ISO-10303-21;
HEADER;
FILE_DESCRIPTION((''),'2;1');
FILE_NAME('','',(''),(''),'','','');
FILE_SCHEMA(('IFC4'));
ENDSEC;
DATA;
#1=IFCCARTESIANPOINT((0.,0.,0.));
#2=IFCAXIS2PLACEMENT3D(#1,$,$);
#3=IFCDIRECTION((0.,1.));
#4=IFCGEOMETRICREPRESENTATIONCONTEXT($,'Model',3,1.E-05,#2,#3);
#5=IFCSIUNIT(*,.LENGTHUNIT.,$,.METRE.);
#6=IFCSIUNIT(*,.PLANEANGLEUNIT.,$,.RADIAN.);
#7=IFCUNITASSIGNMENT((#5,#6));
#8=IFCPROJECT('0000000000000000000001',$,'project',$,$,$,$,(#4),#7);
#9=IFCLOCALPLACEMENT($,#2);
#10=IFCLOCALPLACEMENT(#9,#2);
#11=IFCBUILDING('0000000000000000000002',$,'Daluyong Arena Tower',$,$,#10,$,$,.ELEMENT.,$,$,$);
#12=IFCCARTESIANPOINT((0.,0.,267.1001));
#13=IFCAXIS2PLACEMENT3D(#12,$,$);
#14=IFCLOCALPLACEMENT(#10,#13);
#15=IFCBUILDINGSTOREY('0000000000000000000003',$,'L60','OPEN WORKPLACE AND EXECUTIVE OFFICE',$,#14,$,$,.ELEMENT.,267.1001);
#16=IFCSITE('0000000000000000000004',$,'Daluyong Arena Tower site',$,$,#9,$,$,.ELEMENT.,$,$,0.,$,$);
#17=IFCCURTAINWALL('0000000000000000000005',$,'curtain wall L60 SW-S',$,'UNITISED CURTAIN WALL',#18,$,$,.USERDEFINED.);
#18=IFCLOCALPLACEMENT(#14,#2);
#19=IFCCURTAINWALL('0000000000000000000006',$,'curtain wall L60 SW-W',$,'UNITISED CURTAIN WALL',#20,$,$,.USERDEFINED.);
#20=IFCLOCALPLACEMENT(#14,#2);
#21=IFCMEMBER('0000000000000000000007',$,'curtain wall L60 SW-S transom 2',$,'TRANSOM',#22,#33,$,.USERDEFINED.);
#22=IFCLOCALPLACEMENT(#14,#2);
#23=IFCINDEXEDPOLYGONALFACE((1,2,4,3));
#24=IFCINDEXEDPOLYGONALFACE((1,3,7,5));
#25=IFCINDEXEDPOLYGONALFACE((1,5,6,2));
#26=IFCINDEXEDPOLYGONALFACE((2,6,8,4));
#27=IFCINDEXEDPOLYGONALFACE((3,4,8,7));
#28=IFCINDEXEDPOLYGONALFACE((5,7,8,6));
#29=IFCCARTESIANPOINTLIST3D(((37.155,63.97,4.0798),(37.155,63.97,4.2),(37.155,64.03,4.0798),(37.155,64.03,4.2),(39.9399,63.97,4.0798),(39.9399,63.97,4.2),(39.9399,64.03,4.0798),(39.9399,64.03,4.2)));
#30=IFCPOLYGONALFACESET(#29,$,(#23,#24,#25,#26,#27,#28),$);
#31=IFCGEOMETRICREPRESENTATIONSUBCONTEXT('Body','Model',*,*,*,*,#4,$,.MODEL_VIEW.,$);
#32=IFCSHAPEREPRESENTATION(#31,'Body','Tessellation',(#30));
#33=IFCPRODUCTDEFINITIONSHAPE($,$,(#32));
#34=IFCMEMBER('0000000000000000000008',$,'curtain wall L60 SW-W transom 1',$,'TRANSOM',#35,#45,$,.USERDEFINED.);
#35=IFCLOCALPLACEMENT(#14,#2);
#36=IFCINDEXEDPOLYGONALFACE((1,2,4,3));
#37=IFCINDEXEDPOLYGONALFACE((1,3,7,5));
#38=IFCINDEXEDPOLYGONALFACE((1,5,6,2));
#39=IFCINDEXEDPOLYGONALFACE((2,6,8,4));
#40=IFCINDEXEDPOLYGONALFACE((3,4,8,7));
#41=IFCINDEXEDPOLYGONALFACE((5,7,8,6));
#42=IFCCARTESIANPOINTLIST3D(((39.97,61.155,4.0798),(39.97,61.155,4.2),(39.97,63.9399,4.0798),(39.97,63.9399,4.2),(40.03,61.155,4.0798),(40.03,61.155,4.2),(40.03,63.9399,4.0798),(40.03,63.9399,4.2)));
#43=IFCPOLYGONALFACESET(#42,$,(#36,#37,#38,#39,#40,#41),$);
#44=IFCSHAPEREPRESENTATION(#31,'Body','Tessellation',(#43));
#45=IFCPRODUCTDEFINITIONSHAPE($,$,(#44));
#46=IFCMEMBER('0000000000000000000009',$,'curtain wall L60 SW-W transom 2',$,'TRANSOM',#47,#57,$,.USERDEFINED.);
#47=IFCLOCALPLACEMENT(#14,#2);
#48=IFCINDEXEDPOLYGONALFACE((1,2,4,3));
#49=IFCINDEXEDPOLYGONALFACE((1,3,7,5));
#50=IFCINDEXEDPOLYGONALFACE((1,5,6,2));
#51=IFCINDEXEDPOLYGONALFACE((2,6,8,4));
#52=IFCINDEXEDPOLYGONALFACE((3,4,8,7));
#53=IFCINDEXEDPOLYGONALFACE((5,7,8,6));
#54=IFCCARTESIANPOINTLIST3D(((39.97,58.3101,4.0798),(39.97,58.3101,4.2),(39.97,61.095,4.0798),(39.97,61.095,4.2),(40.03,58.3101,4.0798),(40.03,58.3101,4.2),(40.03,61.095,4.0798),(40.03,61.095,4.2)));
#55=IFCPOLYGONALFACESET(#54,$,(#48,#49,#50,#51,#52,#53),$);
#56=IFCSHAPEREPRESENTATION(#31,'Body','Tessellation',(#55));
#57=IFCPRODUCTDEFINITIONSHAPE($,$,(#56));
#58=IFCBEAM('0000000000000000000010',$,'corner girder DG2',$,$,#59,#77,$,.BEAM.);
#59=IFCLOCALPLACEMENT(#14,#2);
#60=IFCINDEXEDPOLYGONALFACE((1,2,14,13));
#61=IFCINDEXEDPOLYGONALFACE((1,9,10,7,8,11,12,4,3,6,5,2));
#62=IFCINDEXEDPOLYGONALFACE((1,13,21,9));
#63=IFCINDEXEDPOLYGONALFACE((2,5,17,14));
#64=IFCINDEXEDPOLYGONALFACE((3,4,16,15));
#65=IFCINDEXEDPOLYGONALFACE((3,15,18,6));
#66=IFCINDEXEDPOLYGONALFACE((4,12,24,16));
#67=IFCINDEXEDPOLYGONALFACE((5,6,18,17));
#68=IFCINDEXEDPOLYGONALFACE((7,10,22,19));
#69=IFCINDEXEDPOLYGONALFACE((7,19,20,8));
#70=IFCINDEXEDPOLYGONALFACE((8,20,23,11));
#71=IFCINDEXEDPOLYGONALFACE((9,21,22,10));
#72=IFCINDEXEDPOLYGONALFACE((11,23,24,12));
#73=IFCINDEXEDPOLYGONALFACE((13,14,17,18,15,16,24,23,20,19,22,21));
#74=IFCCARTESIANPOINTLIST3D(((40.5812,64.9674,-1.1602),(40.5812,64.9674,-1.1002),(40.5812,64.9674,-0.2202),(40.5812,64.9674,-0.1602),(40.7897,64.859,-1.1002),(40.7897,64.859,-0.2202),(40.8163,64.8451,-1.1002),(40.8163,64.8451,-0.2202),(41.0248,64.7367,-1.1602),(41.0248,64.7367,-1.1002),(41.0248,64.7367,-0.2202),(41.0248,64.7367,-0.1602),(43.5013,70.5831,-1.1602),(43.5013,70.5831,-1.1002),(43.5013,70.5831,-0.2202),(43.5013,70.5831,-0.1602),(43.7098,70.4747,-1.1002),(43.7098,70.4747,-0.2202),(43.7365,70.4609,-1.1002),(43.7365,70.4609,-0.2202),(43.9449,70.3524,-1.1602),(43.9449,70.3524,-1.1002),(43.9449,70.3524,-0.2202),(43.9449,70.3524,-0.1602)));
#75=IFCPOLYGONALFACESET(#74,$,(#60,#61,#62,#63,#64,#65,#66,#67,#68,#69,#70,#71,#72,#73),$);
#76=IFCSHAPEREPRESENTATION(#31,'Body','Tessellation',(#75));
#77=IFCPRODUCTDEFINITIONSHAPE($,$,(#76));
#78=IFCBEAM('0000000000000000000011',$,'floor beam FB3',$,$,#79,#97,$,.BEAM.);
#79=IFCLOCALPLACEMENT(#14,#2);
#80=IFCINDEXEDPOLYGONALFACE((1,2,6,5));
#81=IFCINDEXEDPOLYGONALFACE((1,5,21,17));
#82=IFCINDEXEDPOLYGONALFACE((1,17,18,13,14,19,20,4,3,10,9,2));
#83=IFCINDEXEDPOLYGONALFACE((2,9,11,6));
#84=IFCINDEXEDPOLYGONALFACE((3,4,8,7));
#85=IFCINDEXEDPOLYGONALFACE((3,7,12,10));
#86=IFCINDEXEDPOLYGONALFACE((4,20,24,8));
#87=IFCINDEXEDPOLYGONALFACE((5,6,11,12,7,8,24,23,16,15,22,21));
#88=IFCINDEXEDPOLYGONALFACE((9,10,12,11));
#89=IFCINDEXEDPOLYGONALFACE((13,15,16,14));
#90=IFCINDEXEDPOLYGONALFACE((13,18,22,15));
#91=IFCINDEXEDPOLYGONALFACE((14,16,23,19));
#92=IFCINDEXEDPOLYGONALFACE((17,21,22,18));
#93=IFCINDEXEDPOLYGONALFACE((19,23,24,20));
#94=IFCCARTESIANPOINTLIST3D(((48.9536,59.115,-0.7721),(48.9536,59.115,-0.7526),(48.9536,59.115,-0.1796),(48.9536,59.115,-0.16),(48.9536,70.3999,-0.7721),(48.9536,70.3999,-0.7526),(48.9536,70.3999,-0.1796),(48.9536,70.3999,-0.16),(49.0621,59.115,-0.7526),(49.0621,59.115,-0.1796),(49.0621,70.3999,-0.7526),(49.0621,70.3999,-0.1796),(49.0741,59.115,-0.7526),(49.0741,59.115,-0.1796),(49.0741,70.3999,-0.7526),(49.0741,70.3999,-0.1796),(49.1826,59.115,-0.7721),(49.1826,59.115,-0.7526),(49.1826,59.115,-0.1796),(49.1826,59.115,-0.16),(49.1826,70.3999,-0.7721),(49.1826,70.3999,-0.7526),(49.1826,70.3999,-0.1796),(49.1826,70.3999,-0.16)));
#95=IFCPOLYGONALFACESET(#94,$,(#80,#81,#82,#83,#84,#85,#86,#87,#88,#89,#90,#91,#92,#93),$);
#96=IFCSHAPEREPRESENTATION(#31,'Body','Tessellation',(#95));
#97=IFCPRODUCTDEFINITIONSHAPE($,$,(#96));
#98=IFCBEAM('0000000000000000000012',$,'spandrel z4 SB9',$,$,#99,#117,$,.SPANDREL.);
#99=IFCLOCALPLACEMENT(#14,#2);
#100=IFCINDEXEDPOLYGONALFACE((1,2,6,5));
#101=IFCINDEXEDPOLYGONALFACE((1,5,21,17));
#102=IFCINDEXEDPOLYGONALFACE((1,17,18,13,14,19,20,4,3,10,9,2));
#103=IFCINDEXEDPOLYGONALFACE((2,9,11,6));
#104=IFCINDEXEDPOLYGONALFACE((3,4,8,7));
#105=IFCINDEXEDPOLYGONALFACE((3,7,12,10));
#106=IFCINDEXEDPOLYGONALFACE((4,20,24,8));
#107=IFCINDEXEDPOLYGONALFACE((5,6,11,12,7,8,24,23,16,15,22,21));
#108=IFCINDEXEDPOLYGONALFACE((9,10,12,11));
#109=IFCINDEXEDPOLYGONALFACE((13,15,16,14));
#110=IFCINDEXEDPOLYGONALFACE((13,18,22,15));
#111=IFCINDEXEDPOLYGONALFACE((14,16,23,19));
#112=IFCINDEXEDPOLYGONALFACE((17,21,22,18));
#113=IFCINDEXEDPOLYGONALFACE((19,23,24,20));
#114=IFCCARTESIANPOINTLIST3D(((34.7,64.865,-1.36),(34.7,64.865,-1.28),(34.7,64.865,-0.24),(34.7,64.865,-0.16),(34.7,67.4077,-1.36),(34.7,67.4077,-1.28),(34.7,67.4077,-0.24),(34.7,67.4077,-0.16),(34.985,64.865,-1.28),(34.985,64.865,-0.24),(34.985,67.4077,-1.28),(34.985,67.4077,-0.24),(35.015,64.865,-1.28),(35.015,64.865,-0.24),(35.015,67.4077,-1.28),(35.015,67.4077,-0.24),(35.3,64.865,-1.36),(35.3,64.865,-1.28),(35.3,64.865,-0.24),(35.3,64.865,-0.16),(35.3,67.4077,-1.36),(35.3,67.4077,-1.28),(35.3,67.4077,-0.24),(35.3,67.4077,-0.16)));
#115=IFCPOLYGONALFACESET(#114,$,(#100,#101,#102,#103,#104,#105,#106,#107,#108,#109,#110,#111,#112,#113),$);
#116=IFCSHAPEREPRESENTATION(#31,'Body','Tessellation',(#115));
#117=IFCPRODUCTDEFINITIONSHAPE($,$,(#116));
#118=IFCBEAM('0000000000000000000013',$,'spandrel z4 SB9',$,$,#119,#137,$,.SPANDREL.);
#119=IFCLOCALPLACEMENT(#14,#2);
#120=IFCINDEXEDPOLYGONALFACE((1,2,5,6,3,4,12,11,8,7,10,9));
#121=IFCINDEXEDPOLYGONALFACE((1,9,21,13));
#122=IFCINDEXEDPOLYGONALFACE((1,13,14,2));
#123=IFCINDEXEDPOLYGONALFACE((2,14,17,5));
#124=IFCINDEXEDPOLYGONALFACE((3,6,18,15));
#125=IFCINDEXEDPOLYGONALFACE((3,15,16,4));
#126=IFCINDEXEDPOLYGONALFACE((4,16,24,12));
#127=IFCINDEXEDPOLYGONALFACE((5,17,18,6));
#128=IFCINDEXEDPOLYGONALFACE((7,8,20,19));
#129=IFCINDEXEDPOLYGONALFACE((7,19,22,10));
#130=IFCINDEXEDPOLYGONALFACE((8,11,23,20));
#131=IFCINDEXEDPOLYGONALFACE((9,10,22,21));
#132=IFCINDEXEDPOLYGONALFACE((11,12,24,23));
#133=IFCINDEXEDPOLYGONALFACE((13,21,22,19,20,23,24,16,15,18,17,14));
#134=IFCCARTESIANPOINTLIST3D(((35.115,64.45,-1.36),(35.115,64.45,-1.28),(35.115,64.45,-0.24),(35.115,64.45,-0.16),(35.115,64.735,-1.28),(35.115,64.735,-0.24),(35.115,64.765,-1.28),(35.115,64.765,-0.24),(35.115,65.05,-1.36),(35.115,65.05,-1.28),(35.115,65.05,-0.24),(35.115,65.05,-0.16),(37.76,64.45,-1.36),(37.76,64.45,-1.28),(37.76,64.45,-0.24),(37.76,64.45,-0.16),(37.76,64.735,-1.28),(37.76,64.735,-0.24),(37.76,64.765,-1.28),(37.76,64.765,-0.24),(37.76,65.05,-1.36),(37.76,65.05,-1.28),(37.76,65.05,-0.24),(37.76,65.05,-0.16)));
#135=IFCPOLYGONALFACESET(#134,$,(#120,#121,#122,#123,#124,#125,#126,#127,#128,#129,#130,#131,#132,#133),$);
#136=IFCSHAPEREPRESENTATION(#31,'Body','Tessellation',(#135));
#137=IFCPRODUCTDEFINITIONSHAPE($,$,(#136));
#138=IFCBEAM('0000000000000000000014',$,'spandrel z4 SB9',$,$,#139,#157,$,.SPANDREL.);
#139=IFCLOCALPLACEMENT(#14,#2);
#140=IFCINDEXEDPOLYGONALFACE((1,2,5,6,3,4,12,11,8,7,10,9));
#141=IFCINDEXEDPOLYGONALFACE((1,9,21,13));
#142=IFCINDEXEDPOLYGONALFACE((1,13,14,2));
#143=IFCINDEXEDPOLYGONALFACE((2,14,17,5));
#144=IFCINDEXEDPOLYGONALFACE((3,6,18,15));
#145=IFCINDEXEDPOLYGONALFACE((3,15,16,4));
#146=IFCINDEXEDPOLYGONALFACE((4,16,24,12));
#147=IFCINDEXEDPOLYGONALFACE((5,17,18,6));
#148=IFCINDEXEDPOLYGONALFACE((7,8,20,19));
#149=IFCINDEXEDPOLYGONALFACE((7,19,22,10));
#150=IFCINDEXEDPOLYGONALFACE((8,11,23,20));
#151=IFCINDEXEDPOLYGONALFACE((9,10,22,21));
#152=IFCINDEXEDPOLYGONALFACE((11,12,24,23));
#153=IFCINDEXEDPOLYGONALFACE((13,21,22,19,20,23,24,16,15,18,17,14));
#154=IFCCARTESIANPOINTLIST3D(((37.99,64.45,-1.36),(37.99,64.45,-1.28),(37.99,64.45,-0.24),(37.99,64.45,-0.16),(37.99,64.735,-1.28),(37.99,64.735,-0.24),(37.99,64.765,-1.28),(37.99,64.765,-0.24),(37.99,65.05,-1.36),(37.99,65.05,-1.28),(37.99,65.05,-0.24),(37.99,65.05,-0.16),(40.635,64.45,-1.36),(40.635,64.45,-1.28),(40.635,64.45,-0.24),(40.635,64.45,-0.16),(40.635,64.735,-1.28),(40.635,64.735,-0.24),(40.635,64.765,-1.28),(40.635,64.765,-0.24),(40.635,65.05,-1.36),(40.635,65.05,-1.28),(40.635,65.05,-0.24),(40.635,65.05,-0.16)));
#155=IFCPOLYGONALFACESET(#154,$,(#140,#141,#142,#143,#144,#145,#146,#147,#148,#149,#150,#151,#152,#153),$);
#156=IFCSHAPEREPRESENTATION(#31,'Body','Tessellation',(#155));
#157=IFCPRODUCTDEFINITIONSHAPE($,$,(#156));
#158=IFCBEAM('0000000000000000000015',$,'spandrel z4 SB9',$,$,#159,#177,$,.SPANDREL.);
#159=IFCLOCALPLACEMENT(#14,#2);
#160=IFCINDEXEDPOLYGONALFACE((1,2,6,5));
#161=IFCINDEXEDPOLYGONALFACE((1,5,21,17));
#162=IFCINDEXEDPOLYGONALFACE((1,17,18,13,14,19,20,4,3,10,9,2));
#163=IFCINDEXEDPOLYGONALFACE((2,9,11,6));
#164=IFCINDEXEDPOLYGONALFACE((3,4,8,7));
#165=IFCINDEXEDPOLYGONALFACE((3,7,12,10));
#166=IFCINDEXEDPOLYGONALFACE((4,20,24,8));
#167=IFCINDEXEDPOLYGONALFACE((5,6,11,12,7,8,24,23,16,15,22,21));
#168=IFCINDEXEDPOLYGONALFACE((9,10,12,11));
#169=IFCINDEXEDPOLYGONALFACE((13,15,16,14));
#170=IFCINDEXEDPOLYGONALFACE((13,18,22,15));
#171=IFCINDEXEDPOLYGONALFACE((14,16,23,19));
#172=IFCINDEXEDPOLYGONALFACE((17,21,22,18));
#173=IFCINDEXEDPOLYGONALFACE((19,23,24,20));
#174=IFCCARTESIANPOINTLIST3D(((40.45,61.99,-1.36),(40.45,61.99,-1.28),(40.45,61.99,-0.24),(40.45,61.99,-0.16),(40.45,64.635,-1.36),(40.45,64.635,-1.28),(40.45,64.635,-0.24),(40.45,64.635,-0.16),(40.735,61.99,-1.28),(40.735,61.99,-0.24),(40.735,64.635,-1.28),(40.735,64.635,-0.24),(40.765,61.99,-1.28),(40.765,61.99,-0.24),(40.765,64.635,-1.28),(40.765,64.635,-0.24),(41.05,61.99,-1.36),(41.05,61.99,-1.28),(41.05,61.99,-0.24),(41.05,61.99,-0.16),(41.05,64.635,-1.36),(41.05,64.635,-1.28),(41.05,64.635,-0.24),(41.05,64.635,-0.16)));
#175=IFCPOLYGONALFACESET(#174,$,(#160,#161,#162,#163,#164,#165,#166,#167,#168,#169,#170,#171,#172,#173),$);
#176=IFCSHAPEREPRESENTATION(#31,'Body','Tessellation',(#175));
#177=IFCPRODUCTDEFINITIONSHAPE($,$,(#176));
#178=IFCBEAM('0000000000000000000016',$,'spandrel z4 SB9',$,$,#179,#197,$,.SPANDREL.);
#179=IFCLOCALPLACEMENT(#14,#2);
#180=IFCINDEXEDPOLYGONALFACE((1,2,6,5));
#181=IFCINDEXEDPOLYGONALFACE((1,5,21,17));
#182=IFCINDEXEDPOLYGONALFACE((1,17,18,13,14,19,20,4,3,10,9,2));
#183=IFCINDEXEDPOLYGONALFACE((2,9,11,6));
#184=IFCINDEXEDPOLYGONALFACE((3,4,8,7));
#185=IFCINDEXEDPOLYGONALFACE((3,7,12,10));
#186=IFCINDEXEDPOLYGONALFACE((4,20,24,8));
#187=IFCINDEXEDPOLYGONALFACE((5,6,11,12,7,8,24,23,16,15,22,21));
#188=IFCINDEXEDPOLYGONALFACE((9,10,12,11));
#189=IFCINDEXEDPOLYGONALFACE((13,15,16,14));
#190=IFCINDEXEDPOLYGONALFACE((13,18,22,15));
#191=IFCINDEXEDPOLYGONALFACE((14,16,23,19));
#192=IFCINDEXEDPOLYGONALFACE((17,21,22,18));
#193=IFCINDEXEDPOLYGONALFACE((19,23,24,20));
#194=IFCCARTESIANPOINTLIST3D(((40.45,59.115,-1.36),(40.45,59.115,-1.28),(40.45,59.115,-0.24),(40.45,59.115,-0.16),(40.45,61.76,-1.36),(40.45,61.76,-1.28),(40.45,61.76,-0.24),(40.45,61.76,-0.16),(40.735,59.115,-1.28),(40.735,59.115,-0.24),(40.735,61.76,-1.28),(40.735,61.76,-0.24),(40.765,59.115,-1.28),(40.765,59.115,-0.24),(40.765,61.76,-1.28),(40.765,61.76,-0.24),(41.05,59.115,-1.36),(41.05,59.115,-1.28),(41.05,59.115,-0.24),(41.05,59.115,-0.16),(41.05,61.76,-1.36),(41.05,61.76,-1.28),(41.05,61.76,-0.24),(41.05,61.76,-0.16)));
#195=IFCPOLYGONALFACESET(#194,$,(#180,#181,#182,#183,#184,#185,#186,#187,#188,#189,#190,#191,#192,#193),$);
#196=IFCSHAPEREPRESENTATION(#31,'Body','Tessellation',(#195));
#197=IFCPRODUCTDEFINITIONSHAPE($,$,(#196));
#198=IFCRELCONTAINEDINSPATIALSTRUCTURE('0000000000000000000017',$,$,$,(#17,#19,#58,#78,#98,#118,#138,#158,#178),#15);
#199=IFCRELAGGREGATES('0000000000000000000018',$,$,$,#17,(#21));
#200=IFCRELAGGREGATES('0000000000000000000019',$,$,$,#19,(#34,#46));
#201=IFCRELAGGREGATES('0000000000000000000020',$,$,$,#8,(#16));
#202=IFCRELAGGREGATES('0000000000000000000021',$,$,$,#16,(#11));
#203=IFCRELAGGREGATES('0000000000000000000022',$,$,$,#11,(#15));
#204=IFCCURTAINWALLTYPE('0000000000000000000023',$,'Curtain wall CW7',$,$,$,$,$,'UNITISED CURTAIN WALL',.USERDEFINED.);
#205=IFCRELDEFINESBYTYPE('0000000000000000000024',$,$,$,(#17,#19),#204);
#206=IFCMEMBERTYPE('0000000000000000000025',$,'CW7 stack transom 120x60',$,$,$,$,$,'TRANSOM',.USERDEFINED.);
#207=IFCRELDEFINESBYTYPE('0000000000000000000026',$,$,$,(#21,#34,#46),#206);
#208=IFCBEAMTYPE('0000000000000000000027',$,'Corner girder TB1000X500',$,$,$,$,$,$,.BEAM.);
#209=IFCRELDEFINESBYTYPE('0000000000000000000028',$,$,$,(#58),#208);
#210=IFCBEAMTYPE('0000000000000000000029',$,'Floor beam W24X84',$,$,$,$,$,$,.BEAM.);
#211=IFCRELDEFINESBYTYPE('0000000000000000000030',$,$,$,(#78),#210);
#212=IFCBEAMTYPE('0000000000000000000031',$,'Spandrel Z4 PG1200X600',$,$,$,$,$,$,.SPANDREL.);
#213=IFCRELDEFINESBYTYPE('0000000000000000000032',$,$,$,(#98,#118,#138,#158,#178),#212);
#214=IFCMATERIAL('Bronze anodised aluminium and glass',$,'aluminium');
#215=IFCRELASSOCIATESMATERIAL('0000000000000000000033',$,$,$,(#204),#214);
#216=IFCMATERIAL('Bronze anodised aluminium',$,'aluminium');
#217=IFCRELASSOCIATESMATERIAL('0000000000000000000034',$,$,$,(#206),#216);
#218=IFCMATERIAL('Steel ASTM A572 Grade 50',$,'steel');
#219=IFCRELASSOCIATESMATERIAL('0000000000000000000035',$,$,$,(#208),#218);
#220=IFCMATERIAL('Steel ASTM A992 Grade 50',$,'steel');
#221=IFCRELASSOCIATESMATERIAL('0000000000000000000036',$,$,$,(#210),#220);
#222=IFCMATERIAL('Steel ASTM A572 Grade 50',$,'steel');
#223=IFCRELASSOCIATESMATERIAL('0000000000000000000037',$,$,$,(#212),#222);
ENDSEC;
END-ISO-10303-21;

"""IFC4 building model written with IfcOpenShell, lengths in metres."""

from ifc_helpers import new_model, si_unit, direction, frame, origin, origin_2d, place, context, subcontext, project, spatial, rectangle, i_section, extrude, material, material_profile, profile_set, type_object, element, aggregate, save


model = new_model("IFC4")

# Units and contexts
model_context = context("Model", 3, precision=1e-05, world=origin(), true_north=direction((0.0, 1.0)))
body_context = subcontext(model_context, "Body", "Model", "MODEL_VIEW")
ifc_project = project(units=[si_unit("LENGTHUNIT", "METRE"), si_unit("PLANEANGLEUNIT", "RADIAN")], contexts=[model_context])

# Site, building, storey
site_placement = place(None, origin())
site = spatial("IfcSite", under=ifc_project, at=site_placement, Name="Daluyong Arena Tower site", CompositionType="ELEMENT", RefElevation=0.0)
building_placement = place(site_placement, origin())
building = spatial("IfcBuilding", under=site, at=building_placement, Name="Daluyong Arena Tower", CompositionType="ELEMENT")
storey_placement = place(building_placement, frame((0.0, 0.0, 267.1001)))
storey = spatial("IfcBuildingStorey", under=building, at=storey_placement, Name="L60", Description="OPEN WORKPLACE AND EXECUTIVE OFFICE", CompositionType="ELEMENT", Elevation=267.1001)

# Curtain walls
ifc_material_1 = material(Name="Bronze anodised aluminium and glass", Category="aluminium")
curtain_wall_type_1 = type_object("IfcCurtainWallType", Name="Curtain wall CW7", ElementType="UNITISED CURTAIN WALL", PredefinedType="USERDEFINED", material=ifc_material_1)
curtain_wall_1_placement = place(storey_placement, origin())
curtain_wall_1 = element("IfcCurtainWall", 1, at=curtain_wall_1_placement, inside=storey, type_object=curtain_wall_type_1, Name="curtain wall L60 SW-S", ObjectType="UNITISED CURTAIN WALL", PredefinedType="USERDEFINED")
curtain_wall_2_placement = place(storey_placement, origin())
curtain_wall_2 = element("IfcCurtainWall", 2, at=curtain_wall_2_placement, inside=storey, type_object=curtain_wall_type_1, Name="curtain wall L60 SW-W", ObjectType="UNITISED CURTAIN WALL", PredefinedType="USERDEFINED")

# Members
ifc_material_2 = material(Name="Bronze anodised aluminium", Category="aluminium")
ifc_material_profile_1 = material_profile(ifc_material_2, rectangle(XDim=0.0601, YDim=0.1201, at=origin_2d()))
ifc_profile_set_1 = profile_set([ifc_material_profile_1], Name="Bronze anodised aluminium")
member_type_1 = type_object("IfcMemberType", Name="CW7 stack transom 120x60", ElementType="TRANSOM", PredefinedType="USERDEFINED", material=ifc_profile_set_1)
member_1_placement = place(storey_placement, frame((37.155, 64.0, 4.1399), z_axis=(1.0, 0.0, 0.0), x_axis=(0.0, 1.0, 0.0)))
member_1 = element("IfcMember", 3, at=member_1_placement, type_object=member_type_1, Name="curtain wall L60 SW-S transom 2", ObjectType="TRANSOM", PredefinedType="USERDEFINED", context=body_context, shape_type="SweptSolid", body=[
    extrude(rectangle(XDim=0.0601, YDim=0.1201, at=origin_2d()), origin(), (0.0, 0.0, 1.0), 2.7849),
])
member_2_placement = place(storey_placement, frame((40.0, 63.9399, 4.1399), z_axis=(0.0, -1.0, 0.0), x_axis=(1.0, 0.0, 0.0)))
member_2 = element("IfcMember", 4, at=member_2_placement, type_object=member_type_1, Name="curtain wall L60 SW-W transom 1", ObjectType="TRANSOM", PredefinedType="USERDEFINED", context=body_context, shape_type="SweptSolid", body=[
    extrude(rectangle(XDim=0.0601, YDim=0.1201, at=origin_2d()), origin(), (0.0, 0.0, 1.0), 2.7849),
])
member_3_placement = place(storey_placement, frame((40.0, 61.095, 4.1399), z_axis=(0.0, -1.0, 0.0), x_axis=(1.0, 0.0, 0.0)))
member_3 = element("IfcMember", 5, at=member_3_placement, type_object=member_type_1, Name="curtain wall L60 SW-W transom 2", ObjectType="TRANSOM", PredefinedType="USERDEFINED", context=body_context, shape_type="SweptSolid", body=[
    extrude(rectangle(XDim=0.0601, YDim=0.1201, at=origin_2d()), origin(), (0.0, 0.0, 1.0), 2.7849),
])

# Beams
ifc_material_3 = material(Name="Steel ASTM A572 Grade 50", Category="steel")
ifc_material_profile_2 = material_profile(ifc_material_3, i_section(OverallWidth=0.5, OverallDepth=1.0, WebThickness=0.03, FlangeThickness=0.06, at=origin_2d()))
ifc_profile_set_2 = profile_set([ifc_material_profile_2], Name="Steel ASTM A572 Grade 50")
beam_type_1 = type_object("IfcBeamType", Name="Corner girder TB1000X500", PredefinedType="BEAM", material=ifc_profile_set_2)
beam_1_placement = place(storey_placement, frame((40.803, 64.8521, -0.6602), z_axis=(0.461352, 0.887217, 0.0), x_axis=(-0.887217, 0.461352, 0.0)))
element("IfcBeam", 6, at=beam_1_placement, inside=storey, type_object=beam_type_1, Name="corner girder DG2", PredefinedType="BEAM", context=body_context, shape_type="SweptSolid", body=[
    extrude(i_section(OverallWidth=0.5, OverallDepth=1.0, WebThickness=0.03, FlangeThickness=0.06, at=origin_2d()), origin(), (0.0, 0.0, 1.0), 6.3296),
])
ifc_material_4 = material(Name="Steel ASTM A992 Grade 50", Category="steel")
ifc_material_profile_3 = material_profile(ifc_material_4, i_section(OverallWidth=0.229, OverallDepth=0.6121, WebThickness=0.012, FlangeThickness=0.0195, at=origin_2d()))
ifc_profile_set_3 = profile_set([ifc_material_profile_3], Name="Steel ASTM A992 Grade 50")
beam_type_2 = type_object("IfcBeamType", Name="Floor beam W24X84", PredefinedType="BEAM", material=ifc_profile_set_3)
beam_2_placement = place(storey_placement, frame((49.0681, 59.115, -0.4661), z_axis=(0.0, 1.0, 0.0), x_axis=(-1.0, 0.0, 0.0)))
element("IfcBeam", 7, at=beam_2_placement, inside=storey, type_object=beam_type_2, Name="floor beam FB3", PredefinedType="BEAM", context=body_context, shape_type="SweptSolid", body=[
    extrude(i_section(OverallWidth=0.229, OverallDepth=0.6121, WebThickness=0.012, FlangeThickness=0.0195, at=origin_2d()), origin(), (0.0, 0.0, 1.0), 11.2849),
])
ifc_material_5 = material(Name="Steel ASTM A572 Grade 50", Category="steel")
ifc_material_profile_4 = material_profile(ifc_material_5, i_section(OverallWidth=0.6001, OverallDepth=1.2, WebThickness=0.03, FlangeThickness=0.08, at=origin_2d()))
ifc_profile_set_4 = profile_set([ifc_material_profile_4], Name="Steel ASTM A572 Grade 50")
beam_type_3 = type_object("IfcBeamType", Name="Spandrel Z4 PG1200X600", PredefinedType="SPANDREL", material=ifc_profile_set_4)
beam_3_placement = place(storey_placement, frame((35.0, 67.4077, -0.76), z_axis=(0.0, -1.0, 0.0), x_axis=(1.0, 0.0, 0.0)))
element("IfcBeam", 8, at=beam_3_placement, inside=storey, type_object=beam_type_3, Name="spandrel z4 SB9", PredefinedType="SPANDREL", context=body_context, shape_type="SweptSolid", body=[
    extrude(i_section(OverallWidth=0.6001, OverallDepth=1.2, WebThickness=0.03, FlangeThickness=0.08, at=origin_2d()), origin(), (0.0, 0.0, 1.0), 2.5427),
])
for number, where, z_axis, x_axis, name in (
    (9, (35.115, 64.75, -0.76), (1.0, 0.0, 0.0), (0.0, 1.0, 0.0), "spandrel z4 SB9"),
    (10, (37.99, 64.75, -0.76), (1.0, 0.0, 0.0), (0.0, 1.0, 0.0), "spandrel z4 SB9"),
    (11, (40.75, 64.635, -0.76), (0.0, -1.0, 0.0), (1.0, 0.0, 0.0), "spandrel z4 SB9"),
    (12, (40.75, 61.76, -0.76), (0.0, -1.0, 0.0), (1.0, 0.0, 0.0), "spandrel z4 SB9"),
):
    element("IfcBeam", number, at=place(storey_placement, frame(where, z_axis=z_axis, x_axis=x_axis)), inside=storey, type_object=beam_type_3, Name=name, PredefinedType="SPANDREL", context=body_context, shape_type="SweptSolid", body=[
        extrude(i_section(OverallWidth=0.6001, OverallDepth=1.2, WebThickness=0.03, FlangeThickness=0.08, at=origin_2d()), origin(), (0.0, 0.0, 1.0), 2.645),
    ])

aggregate(curtain_wall_1, [member_1])
aggregate(curtain_wall_2, [member_2, member_3])

save(model, "model.ifc")
